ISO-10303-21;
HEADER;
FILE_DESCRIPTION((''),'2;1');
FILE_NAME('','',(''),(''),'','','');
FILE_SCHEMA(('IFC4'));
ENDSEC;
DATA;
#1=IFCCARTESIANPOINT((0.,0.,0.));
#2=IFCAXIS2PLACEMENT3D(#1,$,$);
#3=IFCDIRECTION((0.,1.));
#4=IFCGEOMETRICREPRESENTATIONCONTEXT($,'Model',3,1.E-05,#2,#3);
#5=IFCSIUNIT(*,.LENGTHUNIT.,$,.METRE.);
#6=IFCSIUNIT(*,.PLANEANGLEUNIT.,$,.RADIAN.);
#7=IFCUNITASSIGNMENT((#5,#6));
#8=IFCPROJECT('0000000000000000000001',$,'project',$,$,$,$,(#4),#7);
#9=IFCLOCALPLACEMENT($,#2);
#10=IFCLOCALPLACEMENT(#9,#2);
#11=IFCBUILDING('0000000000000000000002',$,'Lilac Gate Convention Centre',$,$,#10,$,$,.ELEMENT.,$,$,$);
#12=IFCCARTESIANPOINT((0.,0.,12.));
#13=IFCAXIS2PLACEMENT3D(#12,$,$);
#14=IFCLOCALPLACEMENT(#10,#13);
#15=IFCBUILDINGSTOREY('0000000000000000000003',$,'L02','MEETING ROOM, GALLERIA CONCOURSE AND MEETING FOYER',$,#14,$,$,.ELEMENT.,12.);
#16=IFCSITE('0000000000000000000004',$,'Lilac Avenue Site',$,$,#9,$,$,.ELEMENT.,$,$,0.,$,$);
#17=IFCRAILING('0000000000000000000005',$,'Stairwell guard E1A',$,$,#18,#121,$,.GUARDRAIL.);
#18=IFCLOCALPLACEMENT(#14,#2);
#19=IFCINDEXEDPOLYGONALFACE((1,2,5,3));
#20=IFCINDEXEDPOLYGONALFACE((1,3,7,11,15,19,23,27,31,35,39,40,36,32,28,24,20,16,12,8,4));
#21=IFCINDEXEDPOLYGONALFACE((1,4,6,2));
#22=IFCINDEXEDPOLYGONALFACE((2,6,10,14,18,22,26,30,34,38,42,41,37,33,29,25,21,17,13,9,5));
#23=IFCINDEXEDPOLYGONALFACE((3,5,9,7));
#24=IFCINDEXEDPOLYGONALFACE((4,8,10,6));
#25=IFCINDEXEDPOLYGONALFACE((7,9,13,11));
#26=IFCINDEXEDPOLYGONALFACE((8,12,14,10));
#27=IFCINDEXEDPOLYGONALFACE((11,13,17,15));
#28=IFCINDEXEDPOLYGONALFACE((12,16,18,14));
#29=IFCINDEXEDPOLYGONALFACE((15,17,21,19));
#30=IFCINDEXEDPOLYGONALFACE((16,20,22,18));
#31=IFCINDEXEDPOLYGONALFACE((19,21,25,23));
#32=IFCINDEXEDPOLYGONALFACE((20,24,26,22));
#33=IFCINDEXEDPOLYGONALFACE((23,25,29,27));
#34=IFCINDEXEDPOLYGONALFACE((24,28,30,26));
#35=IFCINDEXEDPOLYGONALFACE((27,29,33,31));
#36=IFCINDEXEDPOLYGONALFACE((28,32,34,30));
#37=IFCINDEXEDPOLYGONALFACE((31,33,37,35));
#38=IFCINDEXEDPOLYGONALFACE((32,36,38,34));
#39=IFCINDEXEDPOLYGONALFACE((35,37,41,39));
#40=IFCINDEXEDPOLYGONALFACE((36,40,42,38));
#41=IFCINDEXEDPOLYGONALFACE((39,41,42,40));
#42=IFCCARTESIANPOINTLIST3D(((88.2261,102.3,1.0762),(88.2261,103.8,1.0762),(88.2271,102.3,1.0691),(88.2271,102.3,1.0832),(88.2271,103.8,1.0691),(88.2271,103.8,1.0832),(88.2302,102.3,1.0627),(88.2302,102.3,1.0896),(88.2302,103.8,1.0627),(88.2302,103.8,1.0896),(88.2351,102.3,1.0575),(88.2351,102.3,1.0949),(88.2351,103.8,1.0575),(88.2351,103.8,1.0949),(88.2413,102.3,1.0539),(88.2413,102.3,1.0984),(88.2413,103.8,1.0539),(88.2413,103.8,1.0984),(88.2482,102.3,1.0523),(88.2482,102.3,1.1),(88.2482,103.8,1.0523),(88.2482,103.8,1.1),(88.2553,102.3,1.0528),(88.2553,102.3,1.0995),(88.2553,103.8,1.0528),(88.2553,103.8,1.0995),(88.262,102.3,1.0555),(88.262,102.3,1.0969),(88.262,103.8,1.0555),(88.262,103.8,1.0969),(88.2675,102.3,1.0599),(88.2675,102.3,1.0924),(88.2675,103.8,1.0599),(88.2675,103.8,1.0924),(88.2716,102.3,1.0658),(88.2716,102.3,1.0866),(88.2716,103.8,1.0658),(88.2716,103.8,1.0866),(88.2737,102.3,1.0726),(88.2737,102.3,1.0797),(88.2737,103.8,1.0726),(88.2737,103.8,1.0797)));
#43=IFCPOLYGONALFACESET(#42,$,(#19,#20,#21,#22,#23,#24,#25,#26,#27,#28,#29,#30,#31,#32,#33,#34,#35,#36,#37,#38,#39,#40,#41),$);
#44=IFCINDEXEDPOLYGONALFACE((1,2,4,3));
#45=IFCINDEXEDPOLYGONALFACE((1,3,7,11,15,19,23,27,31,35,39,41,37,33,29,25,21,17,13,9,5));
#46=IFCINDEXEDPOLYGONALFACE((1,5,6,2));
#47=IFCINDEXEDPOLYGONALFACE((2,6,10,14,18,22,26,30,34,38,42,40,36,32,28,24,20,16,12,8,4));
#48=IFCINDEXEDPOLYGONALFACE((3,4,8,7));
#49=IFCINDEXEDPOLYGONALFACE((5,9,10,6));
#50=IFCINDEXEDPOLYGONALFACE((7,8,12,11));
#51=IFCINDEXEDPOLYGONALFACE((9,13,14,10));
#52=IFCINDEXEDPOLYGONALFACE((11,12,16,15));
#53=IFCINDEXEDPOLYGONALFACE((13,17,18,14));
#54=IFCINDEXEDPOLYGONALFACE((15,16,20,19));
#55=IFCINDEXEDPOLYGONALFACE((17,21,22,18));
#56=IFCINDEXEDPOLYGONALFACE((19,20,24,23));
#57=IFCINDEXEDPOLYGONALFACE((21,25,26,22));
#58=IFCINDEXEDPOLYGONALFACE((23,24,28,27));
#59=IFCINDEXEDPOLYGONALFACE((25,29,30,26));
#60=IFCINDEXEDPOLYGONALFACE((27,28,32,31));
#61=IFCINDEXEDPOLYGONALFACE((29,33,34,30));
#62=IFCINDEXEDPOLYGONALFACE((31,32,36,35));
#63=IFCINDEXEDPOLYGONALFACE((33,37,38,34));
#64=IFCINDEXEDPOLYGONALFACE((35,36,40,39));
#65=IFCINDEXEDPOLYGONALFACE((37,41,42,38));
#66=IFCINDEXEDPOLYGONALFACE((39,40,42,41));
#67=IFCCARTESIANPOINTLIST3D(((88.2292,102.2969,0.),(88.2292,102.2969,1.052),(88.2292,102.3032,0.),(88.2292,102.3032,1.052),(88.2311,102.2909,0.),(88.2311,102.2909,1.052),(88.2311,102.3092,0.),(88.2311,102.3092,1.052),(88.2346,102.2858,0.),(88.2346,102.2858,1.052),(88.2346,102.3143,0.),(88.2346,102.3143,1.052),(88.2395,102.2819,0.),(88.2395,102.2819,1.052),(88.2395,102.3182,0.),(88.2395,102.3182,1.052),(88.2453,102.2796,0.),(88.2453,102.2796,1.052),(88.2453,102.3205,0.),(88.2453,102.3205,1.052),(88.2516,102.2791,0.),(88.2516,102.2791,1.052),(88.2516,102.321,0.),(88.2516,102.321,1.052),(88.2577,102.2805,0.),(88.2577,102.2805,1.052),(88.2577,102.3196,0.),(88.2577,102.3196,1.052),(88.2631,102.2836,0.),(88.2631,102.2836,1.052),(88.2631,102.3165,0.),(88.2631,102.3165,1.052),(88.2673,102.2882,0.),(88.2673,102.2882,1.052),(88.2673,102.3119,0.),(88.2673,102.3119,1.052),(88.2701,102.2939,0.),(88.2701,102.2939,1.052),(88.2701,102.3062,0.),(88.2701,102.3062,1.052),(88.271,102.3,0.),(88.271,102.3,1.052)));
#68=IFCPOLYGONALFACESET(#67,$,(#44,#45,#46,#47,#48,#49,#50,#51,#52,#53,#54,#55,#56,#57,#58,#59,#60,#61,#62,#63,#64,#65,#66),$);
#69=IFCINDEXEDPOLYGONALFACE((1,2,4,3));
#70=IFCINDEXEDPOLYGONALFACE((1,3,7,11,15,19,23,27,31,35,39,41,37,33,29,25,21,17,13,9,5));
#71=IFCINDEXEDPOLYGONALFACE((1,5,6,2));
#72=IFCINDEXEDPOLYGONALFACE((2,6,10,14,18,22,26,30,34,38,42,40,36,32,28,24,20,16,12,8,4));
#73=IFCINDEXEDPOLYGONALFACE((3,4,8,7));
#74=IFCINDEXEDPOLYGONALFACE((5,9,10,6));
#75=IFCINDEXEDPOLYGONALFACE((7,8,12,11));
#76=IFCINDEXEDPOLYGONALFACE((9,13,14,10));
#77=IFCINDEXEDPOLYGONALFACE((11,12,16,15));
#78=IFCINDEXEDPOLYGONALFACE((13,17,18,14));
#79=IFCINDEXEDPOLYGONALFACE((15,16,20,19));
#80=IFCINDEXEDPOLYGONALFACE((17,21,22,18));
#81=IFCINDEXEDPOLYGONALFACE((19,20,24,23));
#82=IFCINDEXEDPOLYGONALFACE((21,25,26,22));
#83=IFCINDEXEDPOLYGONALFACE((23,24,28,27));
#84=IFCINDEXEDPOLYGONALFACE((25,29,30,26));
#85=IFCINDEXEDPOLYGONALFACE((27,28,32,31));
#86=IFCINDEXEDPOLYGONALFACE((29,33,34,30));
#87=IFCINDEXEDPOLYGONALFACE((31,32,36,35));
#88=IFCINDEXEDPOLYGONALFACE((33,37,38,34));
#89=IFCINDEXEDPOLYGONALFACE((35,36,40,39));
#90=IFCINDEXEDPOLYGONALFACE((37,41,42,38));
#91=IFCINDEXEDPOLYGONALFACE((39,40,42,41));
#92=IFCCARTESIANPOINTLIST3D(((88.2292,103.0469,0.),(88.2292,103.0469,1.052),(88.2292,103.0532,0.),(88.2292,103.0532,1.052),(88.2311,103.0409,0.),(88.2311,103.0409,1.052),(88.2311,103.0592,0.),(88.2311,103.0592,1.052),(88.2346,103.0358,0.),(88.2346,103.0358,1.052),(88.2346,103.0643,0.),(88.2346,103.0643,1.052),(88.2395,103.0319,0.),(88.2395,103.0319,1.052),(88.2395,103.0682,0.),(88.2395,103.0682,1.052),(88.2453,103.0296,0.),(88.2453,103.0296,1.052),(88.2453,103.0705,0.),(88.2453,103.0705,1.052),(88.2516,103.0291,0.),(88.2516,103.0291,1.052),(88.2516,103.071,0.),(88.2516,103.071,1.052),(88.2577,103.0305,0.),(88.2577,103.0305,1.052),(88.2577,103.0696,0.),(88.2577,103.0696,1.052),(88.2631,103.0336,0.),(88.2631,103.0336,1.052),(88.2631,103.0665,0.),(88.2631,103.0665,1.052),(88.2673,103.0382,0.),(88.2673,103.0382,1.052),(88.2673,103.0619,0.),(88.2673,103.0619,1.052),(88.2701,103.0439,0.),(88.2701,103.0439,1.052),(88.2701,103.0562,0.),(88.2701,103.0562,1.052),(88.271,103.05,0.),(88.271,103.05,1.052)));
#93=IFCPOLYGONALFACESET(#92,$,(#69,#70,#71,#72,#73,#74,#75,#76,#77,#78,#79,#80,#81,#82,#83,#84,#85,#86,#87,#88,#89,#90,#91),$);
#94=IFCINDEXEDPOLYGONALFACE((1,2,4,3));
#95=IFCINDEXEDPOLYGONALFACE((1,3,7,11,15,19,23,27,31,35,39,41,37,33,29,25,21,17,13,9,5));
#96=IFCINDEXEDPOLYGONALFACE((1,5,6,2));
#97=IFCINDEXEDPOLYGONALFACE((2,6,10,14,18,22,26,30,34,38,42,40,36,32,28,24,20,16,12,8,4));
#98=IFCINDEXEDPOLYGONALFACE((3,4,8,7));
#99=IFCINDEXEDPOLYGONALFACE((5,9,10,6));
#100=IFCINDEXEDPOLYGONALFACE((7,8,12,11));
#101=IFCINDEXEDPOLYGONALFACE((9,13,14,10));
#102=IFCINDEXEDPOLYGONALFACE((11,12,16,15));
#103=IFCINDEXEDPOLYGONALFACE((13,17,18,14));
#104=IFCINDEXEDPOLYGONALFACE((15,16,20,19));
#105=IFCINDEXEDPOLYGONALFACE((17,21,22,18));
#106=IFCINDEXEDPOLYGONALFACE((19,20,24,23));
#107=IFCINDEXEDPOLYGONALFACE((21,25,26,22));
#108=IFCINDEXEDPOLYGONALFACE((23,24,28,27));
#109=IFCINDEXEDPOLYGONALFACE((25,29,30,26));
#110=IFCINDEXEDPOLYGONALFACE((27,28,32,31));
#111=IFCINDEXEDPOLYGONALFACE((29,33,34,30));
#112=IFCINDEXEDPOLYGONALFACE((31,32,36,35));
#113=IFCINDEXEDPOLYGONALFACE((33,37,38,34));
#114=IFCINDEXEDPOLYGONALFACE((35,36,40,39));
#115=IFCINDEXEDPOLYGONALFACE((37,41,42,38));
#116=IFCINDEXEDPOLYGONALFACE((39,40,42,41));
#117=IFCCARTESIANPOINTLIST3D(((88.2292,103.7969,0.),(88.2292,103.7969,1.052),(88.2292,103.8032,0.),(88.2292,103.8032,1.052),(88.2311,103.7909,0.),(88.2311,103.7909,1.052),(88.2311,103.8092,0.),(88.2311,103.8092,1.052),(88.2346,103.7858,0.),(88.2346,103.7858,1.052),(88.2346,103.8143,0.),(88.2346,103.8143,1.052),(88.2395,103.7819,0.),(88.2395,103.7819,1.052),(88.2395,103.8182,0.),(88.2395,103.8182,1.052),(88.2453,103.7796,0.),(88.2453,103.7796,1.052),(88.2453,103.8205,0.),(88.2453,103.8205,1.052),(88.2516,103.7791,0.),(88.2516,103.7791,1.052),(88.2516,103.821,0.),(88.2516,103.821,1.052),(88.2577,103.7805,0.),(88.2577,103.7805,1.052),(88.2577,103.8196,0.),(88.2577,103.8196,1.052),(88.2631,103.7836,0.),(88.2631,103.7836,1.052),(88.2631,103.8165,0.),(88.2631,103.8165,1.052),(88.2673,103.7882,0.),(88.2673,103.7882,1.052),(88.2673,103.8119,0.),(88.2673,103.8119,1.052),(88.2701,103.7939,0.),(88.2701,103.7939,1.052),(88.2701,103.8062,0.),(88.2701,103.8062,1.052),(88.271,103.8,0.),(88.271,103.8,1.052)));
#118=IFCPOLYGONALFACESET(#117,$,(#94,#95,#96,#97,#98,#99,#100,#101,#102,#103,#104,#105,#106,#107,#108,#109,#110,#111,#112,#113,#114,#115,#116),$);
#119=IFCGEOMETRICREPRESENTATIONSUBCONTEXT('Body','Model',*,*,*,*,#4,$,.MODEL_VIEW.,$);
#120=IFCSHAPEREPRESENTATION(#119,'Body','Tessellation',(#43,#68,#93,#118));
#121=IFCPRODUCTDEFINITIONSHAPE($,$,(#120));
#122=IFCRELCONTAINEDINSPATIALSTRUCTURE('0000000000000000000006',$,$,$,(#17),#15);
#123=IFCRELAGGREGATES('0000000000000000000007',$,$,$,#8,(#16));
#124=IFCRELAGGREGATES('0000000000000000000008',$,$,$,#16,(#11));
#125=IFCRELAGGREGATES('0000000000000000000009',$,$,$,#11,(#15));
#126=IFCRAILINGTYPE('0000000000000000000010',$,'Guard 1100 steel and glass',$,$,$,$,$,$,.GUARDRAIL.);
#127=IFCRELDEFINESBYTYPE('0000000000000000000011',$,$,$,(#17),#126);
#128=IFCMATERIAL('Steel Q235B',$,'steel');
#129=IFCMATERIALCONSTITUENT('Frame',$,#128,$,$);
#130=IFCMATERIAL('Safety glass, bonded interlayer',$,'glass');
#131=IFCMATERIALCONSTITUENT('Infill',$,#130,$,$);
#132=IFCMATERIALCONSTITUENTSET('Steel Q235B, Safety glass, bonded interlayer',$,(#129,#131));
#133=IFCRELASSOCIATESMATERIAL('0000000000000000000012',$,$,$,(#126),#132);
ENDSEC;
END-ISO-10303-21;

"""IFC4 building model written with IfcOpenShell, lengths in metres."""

from ifc_helpers import new_model, si_unit, direction, frame, origin, origin_2d, place, context, subcontext, project, spatial, circle, extrude, material, constituent, constituent_set, type_object, element, save


model = new_model("IFC4")

# Units and contexts
model_context = context("Model", 3, precision=1e-05, world=origin(), true_north=direction((0.0, 1.0)))
body_context = subcontext(model_context, "Body", "Model", "MODEL_VIEW")
ifc_project = project(units=[si_unit("LENGTHUNIT", "METRE"), si_unit("PLANEANGLEUNIT", "RADIAN")], contexts=[model_context])

# Site, building, storey
site_placement = place(None, origin())
site = spatial("IfcSite", under=ifc_project, at=site_placement, Name="Lilac Avenue Site", CompositionType="ELEMENT", RefElevation=0.0)
building_placement = place(site_placement, origin())
building = spatial("IfcBuilding", under=site, at=building_placement, Name="Lilac Gate Convention Centre", CompositionType="ELEMENT")
storey_placement = place(building_placement, frame((0.0, 0.0, 12.0)))
storey = spatial("IfcBuildingStorey", under=building, at=storey_placement, Name="L02", Description="MEETING ROOM, GALLERIA CONCOURSE AND MEETING FOYER", CompositionType="ELEMENT", Elevation=12.0)

# Railing
ifc_material_1 = material(Name="Steel Q235B", Category="steel")
ifc_constituent_1 = constituent(ifc_material_1, Name="Frame")
ifc_material_2 = material(Name="Safety glass, bonded interlayer", Category="glass")
ifc_constituent_2 = constituent(ifc_material_2, Name="Infill")
ifc_constituent_set = constituent_set(constituents=[ifc_constituent_1, ifc_constituent_2], Name="Steel Q235B, Safety glass, bonded interlayer")
railing_type = type_object("IfcRailingType", Name="Guard 1100 steel and glass", PredefinedType="GUARDRAIL", material=ifc_constituent_set)
railing_placement = place(storey_placement, frame((88.25, 102.3, 0.0)))
element("IfcRailing", 1, at=railing_placement, inside=storey, type_object=railing_type, Name="Stairwell guard E1A", PredefinedType="GUARDRAIL", context=body_context, shape_type="SweptSolid", body=[
    extrude(circle(Radius=0.0239, at=origin_2d()), frame((0.0, 0.0, 1.0762), z_axis=(0.0, 1.0, 0.0), x_axis=(-1.0, 0.0, 0.0)), (0.0, 0.0, 1.0), 1.5),
    extrude(circle(Radius=0.021, at=origin_2d()), origin(), (0.0, 0.0, 1.0), 1.052),
    extrude(circle(Radius=0.021, at=origin_2d()), frame((0.0, 0.75, 0.0)), (0.0, 0.0, 1.0), 1.052),
    extrude(circle(Radius=0.021, at=origin_2d()), frame((0.0, 1.5, 0.0)), (0.0, 0.0, 1.0), 1.052),
])

save(model, "model.ifc")
